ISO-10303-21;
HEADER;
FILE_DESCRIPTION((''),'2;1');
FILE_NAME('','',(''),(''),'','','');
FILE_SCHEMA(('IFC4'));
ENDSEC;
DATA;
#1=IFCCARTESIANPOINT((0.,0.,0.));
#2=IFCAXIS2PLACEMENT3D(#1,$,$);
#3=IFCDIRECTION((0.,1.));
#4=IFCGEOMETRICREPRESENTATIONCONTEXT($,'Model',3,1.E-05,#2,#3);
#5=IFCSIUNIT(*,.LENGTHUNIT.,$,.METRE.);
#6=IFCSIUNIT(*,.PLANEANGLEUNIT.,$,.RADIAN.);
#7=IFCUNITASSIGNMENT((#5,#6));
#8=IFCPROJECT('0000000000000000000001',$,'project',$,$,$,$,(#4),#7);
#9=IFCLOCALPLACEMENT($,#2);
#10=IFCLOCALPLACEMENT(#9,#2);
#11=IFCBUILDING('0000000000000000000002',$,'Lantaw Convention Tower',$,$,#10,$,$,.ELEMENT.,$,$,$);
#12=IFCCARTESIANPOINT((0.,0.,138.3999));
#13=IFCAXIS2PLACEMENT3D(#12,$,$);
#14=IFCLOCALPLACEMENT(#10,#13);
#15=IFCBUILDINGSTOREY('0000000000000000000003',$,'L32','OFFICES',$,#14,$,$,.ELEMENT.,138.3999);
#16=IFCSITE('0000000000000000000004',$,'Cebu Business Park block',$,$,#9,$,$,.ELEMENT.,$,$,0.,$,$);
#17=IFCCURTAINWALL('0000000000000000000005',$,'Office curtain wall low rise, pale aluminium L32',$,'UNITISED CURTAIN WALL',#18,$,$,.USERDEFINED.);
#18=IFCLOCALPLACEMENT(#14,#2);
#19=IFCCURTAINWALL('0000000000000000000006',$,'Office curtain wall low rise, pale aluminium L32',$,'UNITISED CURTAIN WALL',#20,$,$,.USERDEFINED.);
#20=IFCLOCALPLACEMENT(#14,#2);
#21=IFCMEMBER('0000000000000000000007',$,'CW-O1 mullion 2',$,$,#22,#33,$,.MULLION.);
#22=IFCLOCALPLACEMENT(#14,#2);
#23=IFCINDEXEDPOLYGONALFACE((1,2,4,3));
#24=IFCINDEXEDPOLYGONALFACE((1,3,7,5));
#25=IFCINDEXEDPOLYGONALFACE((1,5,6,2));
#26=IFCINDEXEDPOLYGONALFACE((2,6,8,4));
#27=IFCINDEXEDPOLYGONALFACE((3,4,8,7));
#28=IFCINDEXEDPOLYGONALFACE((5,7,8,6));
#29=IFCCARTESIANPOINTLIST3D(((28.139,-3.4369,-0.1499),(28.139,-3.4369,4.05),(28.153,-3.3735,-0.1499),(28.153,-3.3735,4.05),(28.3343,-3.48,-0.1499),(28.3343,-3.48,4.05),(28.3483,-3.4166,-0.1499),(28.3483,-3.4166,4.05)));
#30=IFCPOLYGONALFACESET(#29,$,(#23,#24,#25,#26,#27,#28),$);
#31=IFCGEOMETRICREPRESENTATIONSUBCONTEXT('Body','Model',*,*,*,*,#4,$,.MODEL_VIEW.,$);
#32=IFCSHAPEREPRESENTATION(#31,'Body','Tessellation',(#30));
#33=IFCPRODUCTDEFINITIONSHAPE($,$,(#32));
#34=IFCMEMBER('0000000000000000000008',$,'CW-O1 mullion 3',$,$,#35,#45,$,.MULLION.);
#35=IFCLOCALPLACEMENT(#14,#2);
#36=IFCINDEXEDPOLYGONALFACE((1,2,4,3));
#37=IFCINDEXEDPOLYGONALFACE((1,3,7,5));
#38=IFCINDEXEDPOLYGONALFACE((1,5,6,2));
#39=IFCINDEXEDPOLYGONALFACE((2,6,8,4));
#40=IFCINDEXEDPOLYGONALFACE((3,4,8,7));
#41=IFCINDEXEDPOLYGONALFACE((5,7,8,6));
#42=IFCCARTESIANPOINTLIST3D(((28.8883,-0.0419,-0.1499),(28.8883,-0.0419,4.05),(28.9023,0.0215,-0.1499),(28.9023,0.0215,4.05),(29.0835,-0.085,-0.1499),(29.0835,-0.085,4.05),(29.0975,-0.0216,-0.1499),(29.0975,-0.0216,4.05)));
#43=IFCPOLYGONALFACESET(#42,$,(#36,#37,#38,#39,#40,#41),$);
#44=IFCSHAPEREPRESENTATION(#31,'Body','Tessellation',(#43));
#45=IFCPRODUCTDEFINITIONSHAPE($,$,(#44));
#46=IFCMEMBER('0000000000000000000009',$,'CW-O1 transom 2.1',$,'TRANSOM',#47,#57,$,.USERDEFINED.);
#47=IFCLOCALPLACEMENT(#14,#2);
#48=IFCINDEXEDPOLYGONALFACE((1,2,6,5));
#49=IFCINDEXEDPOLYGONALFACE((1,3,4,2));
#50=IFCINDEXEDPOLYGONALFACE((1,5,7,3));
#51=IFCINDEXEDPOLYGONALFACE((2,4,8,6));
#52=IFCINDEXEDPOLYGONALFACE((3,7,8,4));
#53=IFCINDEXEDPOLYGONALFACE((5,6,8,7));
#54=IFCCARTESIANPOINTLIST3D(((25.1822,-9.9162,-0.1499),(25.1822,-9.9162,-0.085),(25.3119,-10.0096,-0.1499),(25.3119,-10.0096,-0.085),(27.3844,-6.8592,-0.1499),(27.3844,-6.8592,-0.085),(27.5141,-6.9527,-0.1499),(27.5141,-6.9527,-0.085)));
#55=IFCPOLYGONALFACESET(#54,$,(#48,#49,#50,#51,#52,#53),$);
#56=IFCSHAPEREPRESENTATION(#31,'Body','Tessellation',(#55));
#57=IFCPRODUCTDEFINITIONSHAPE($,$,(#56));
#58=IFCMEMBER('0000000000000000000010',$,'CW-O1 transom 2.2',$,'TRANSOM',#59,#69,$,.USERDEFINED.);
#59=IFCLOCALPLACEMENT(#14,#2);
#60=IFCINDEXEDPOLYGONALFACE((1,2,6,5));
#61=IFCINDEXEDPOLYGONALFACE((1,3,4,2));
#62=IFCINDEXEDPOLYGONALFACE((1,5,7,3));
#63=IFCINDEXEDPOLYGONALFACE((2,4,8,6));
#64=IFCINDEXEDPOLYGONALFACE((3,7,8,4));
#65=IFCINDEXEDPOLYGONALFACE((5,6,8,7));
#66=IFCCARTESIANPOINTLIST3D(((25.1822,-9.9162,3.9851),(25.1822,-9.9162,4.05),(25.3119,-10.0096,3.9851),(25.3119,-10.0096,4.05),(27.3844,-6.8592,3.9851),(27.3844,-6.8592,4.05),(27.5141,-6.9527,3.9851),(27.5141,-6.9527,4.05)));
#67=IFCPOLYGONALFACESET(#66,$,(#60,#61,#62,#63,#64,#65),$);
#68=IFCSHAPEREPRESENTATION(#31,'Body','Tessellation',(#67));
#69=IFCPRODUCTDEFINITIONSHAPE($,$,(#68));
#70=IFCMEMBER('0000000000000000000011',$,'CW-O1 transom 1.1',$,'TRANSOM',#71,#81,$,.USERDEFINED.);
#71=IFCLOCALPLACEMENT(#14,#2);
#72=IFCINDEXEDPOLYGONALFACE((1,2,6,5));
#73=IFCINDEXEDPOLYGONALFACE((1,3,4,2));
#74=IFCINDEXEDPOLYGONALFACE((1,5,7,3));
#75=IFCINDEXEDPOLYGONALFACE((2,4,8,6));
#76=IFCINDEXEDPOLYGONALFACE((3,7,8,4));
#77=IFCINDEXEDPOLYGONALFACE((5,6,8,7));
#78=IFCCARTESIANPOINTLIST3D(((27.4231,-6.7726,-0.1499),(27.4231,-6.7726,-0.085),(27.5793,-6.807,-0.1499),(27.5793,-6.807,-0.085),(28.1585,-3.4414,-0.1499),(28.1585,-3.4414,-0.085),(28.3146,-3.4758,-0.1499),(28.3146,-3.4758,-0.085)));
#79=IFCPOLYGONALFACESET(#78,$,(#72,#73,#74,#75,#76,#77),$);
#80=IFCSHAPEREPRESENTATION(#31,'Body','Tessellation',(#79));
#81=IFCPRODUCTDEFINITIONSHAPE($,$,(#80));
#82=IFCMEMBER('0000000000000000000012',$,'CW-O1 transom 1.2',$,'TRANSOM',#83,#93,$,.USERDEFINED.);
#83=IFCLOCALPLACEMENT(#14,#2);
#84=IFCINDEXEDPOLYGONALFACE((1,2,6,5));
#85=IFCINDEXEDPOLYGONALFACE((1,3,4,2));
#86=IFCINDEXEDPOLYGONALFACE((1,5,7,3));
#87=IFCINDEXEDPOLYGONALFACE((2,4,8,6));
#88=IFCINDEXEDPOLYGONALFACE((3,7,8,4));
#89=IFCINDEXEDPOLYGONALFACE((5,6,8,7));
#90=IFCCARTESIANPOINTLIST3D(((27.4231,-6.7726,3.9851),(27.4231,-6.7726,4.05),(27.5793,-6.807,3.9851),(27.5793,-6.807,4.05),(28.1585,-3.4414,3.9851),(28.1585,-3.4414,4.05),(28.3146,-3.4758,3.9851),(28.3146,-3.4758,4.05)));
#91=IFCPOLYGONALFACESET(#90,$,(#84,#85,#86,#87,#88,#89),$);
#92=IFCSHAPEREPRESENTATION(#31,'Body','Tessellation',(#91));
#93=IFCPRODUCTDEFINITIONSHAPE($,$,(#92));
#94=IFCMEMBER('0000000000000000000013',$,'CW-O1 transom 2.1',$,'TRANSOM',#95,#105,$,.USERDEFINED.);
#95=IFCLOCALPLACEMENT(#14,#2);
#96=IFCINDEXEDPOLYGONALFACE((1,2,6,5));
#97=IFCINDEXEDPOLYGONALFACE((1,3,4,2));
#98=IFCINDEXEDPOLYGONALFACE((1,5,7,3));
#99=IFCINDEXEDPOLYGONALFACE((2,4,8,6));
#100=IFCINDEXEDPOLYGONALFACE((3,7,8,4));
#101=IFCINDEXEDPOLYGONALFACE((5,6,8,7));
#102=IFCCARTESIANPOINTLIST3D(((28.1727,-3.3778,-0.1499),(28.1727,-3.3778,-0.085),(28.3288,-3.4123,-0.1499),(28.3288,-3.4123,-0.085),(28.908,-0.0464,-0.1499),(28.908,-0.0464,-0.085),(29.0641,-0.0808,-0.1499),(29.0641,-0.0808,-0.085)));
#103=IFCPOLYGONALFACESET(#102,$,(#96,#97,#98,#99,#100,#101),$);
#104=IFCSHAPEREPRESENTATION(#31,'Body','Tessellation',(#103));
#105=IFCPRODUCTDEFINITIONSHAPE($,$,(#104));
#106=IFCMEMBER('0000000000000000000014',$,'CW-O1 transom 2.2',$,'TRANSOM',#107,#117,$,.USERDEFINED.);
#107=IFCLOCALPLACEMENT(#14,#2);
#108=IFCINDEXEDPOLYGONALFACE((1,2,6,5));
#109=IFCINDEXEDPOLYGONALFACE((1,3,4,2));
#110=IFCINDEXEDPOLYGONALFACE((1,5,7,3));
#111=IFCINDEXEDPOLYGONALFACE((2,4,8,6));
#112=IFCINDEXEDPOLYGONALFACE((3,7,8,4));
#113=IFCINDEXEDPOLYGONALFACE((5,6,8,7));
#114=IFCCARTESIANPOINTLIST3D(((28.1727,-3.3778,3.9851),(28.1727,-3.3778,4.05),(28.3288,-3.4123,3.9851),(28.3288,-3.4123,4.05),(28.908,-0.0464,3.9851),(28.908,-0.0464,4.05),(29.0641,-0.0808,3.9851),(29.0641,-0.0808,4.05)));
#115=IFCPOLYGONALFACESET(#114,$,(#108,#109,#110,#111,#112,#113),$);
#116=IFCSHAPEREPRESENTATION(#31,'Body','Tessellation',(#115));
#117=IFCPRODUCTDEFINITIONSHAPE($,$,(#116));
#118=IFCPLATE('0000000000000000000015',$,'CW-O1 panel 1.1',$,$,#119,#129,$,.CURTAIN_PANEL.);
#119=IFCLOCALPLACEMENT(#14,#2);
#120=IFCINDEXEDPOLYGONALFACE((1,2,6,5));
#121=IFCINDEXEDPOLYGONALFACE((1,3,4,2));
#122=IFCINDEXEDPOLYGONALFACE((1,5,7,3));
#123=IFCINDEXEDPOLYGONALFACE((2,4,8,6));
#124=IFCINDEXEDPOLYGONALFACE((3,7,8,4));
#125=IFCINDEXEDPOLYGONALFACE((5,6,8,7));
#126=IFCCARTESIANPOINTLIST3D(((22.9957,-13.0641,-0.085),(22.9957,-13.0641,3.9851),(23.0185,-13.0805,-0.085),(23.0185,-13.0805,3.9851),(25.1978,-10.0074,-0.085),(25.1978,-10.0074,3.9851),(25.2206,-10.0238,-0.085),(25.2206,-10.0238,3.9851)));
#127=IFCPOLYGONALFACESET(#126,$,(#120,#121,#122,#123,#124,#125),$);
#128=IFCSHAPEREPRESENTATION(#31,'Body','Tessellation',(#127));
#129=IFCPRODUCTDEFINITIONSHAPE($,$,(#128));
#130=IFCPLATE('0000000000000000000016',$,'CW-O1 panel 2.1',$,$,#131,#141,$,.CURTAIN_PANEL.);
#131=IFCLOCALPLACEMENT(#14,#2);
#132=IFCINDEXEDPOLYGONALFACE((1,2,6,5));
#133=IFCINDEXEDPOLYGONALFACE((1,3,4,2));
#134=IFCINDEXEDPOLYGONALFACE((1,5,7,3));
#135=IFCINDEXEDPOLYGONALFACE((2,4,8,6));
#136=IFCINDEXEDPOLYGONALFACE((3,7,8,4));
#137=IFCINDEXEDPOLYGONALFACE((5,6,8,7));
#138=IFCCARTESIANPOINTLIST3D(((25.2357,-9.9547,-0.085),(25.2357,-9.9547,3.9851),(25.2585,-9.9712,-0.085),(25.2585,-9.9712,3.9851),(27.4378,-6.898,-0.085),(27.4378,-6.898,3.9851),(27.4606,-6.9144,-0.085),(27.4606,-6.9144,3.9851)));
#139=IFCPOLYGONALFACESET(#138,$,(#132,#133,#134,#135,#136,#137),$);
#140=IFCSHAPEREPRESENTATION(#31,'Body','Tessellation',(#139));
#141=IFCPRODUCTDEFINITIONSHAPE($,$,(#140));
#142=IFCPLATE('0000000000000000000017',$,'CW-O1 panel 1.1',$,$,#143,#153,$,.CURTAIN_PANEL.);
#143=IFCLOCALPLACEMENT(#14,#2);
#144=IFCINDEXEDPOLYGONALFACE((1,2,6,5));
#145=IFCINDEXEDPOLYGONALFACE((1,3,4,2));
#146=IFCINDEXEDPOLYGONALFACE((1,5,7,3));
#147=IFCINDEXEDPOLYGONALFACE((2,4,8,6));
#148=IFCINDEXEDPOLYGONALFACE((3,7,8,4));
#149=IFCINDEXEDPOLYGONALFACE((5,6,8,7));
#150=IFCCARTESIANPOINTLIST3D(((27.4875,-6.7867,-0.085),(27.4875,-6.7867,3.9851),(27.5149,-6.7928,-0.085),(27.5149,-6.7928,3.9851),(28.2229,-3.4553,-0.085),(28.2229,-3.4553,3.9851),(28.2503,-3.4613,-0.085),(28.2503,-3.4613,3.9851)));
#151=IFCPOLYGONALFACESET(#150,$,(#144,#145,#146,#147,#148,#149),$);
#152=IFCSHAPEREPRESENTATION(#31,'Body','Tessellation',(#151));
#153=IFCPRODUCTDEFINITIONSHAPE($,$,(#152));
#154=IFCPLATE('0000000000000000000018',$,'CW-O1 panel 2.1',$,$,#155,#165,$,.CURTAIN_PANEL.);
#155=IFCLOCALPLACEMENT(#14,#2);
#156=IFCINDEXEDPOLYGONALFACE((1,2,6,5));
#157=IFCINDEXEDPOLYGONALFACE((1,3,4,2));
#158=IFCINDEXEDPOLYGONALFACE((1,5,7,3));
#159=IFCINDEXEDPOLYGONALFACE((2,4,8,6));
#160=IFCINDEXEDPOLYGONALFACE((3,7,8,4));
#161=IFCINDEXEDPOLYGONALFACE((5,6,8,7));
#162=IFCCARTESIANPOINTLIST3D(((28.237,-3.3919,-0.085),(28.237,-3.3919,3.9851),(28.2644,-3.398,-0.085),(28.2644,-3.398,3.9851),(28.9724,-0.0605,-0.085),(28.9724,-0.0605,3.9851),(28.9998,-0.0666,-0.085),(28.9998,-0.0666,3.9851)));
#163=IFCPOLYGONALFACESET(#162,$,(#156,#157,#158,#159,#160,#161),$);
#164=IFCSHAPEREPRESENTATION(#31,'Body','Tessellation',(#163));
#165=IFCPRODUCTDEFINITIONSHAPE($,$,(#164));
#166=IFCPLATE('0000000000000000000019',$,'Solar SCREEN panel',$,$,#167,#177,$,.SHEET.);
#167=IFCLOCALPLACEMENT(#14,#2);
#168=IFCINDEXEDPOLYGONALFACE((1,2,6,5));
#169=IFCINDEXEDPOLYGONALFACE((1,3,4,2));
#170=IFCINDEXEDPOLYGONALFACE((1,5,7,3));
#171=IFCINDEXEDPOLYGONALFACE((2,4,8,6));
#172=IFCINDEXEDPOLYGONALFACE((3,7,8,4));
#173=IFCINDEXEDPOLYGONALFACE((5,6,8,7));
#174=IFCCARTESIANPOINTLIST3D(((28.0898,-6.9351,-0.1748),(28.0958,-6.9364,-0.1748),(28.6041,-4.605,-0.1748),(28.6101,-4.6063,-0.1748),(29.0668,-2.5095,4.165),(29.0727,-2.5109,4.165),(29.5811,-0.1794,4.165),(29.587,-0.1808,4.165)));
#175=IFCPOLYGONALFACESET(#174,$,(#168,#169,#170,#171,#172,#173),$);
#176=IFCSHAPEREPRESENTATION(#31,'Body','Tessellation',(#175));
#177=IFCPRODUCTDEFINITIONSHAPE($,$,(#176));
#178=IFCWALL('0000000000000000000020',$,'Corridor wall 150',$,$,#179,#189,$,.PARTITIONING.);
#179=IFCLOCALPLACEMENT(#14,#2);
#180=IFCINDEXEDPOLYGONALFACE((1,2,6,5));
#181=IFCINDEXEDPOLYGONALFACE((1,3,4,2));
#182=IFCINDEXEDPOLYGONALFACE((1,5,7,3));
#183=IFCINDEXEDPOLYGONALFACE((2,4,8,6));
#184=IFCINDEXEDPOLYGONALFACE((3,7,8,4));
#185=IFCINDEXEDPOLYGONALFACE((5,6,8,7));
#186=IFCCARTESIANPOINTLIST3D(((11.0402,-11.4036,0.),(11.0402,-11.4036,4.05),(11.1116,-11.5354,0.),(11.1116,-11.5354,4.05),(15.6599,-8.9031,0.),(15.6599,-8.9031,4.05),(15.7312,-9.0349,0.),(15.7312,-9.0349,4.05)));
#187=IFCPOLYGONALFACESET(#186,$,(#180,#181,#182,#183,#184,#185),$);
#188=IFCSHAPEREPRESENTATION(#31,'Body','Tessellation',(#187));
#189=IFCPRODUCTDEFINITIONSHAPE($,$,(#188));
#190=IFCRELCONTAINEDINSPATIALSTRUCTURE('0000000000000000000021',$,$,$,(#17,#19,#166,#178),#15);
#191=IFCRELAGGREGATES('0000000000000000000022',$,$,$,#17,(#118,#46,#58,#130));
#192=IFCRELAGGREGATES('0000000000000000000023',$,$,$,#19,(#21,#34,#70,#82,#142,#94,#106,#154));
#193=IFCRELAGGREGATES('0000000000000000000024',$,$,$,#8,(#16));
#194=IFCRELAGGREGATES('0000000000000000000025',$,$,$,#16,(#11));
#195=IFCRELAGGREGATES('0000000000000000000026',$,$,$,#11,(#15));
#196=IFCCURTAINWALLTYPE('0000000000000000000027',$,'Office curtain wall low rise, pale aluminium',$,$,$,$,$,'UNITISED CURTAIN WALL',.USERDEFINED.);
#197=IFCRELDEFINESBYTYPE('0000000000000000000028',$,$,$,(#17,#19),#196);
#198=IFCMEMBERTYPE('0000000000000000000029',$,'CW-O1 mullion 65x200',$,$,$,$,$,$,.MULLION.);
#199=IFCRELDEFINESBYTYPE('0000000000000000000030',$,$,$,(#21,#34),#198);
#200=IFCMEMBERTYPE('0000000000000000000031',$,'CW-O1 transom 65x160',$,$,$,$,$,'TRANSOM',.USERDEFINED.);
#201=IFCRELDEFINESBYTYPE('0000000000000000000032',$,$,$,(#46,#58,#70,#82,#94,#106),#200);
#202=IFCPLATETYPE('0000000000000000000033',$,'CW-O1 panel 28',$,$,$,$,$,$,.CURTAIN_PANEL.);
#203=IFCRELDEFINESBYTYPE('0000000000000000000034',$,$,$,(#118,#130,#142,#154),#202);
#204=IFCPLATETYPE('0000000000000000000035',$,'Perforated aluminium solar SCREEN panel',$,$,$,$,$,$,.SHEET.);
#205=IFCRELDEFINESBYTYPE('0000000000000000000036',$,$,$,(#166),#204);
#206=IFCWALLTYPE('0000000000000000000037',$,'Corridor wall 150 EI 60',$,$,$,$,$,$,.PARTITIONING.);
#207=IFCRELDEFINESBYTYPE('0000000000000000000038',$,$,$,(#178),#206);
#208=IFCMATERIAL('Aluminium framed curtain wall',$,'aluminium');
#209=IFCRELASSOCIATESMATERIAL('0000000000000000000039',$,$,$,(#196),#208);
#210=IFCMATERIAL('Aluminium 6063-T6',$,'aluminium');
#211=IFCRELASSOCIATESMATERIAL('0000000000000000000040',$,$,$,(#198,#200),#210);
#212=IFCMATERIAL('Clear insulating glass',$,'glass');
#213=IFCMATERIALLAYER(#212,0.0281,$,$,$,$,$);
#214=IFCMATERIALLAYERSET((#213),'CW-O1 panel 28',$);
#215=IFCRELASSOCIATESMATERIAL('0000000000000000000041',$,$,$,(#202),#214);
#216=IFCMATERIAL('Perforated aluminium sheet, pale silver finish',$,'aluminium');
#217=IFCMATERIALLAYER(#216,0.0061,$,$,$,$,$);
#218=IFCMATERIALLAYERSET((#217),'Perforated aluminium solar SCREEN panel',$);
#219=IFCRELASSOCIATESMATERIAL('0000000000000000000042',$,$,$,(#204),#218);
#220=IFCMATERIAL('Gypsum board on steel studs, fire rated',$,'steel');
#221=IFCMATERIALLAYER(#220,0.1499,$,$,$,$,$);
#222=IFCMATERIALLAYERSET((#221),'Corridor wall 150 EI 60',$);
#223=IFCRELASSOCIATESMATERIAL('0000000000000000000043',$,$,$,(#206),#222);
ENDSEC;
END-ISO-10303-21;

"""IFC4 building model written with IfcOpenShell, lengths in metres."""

from ifc_helpers import new_model, si_unit, direction, frame, frame_2d, origin, origin_2d, place, context, subcontext, project, spatial, polyline, rectangle, outline, extrude, material, layer, layer_set, material_profile, profile_set, type_object, element, aggregate, save


model = new_model("IFC4")

# Units and contexts
model_context = context("Model", 3, precision=1e-05, world=origin(), true_north=direction((0.0, 1.0)))
body_context = subcontext(model_context, "Body", "Model", "MODEL_VIEW")
ifc_project = project(units=[si_unit("LENGTHUNIT", "METRE"), si_unit("PLANEANGLEUNIT", "RADIAN")], contexts=[model_context])

# Site, building, storey
site_placement = place(None, origin())
site = spatial("IfcSite", under=ifc_project, at=site_placement, Name="Cebu Business Park block", CompositionType="ELEMENT", RefElevation=0.0)
building_placement = place(site_placement, origin())
building = spatial("IfcBuilding", under=site, at=building_placement, Name="Lantaw Convention Tower", CompositionType="ELEMENT")
storey_placement = place(building_placement, frame((0.0, 0.0, 138.3999)))
storey = spatial("IfcBuildingStorey", under=building, at=storey_placement, Name="L32", Description="OFFICES", CompositionType="ELEMENT", Elevation=138.3999)

# Curtain walls, members
ifc_material_1 = material(Name="Aluminium framed curtain wall", Category="aluminium")
curtain_wall_type = type_object("IfcCurtainWallType", Name="Office curtain wall low rise, pale aluminium", ElementType="UNITISED CURTAIN WALL", PredefinedType="USERDEFINED", material=ifc_material_1)
curtain_wall_1_placement = place(storey_placement, origin())
curtain_wall_1 = element("IfcCurtainWall", 1, at=curtain_wall_1_placement, inside=storey, type_object=curtain_wall_type, Name="Office curtain wall low rise, pale aluminium L32", ObjectType="UNITISED CURTAIN WALL", PredefinedType="USERDEFINED")
ifc_material_2 = material(Name="Aluminium 6063-T6", Category="aluminium")
ifc_material_profile_1 = material_profile(ifc_material_2, rectangle(XDim=0.2, YDim=0.0649, at=origin_2d()), Name="CW-O1 mullion 65x200")
ifc_profile_set_1 = profile_set([ifc_material_profile_1], Name="Aluminium 6063-T6")
member_type_1 = type_object("IfcMemberType", Name="CW-O1 mullion 65x200", PredefinedType="MULLION", material=ifc_profile_set_1)
curtain_wall_2_placement = place(storey_placement, origin())
curtain_wall_2 = element("IfcCurtainWall", 2, at=curtain_wall_2_placement, inside=storey, type_object=curtain_wall_type, Name="Office curtain wall low rise, pale aluminium L32", ObjectType="UNITISED CURTAIN WALL", PredefinedType="USERDEFINED")
member_1_placement = place(storey_placement, frame((28.2437, -3.4268, -0.1499), z_axis=(0.0, 0.0, 1.0), x_axis=(-0.976494, 0.215546, 0.0)))
member_1 = element("IfcMember", 3, at=member_1_placement, type_object=member_type_1, Name="CW-O1 mullion 2", PredefinedType="MULLION", context=body_context, shape_type="SweptSolid", body=[
    extrude(rectangle(XDim=0.2, YDim=0.0649, at=origin_2d()), origin(), (0.0, 0.0, 1.0), 4.2),
])
member_2_placement = place(storey_placement, frame((28.9929, -0.0317, -0.1499), z_axis=(0.0, 0.0, 1.0), x_axis=(-0.976494, 0.215546, 0.0)))
member_2 = element("IfcMember", 4, at=member_2_placement, type_object=member_type_1, Name="CW-O1 mullion 3", PredefinedType="MULLION", context=body_context, shape_type="SweptSolid", body=[
    extrude(rectangle(XDim=0.2, YDim=0.0649, at=origin_2d()), origin(), (0.0, 0.0, 1.0), 4.2),
])

# Members
ifc_material_profile_2 = material_profile(ifc_material_2, rectangle(XDim=0.1599, YDim=0.0649, at=origin_2d()), Name="CW-O1 transom 65x160")
ifc_profile_set_2 = profile_set([ifc_material_profile_2], Name="Aluminium 6063-T6")
member_type_2 = type_object("IfcMemberType", Name="CW-O1 transom 65x160", ElementType="TRANSOM", PredefinedType="USERDEFINED", material=ifc_profile_set_2)
member_3_placement = place(storey_placement, frame((25.2471, -9.9629, -0.1174), z_axis=(0.584513, 0.811384, 0.0), x_axis=(-0.811384, 0.584513, 0.0)))
member_3 = element("IfcMember", 5, at=member_3_placement, type_object=member_type_2, Name="CW-O1 transom 2.1", ObjectType="TRANSOM", PredefinedType="USERDEFINED", context=body_context, shape_type="SweptSolid", body=[
    extrude(rectangle(XDim=0.1599, YDim=0.0649, at=origin_2d()), origin(), (0.0, 0.0, 1.0), 3.7676),
])
member_4_placement = place(storey_placement, frame((25.2471, -9.9629, 4.0176), z_axis=(0.584513, 0.811384, 0.0), x_axis=(-0.811384, 0.584513, 0.0)))
member_4 = element("IfcMember", 6, at=member_4_placement, type_object=member_type_2, Name="CW-O1 transom 2.2", ObjectType="TRANSOM", PredefinedType="USERDEFINED", context=body_context, shape_type="SweptSolid", body=[
    extrude(rectangle(XDim=0.1599, YDim=0.0649, at=origin_2d()), origin(), (0.0, 0.0, 1.0), 3.7676),
])
member_5_placement = place(storey_placement, frame((27.5012, -6.7898, -0.1174), z_axis=(0.215551, 0.976493, 0.0), x_axis=(-0.976493, 0.215551, 0.0)))
member_5 = element("IfcMember", 7, at=member_5_placement, type_object=member_type_2, Name="CW-O1 transom 1.1", ObjectType="TRANSOM", PredefinedType="USERDEFINED", context=body_context, shape_type="SweptSolid", body=[
    extrude(rectangle(XDim=0.1599, YDim=0.0649, at=origin_2d()), origin(), (0.0, 0.0, 1.0), 3.4114),
])
member_6_placement = place(storey_placement, frame((27.5012, -6.7898, 4.0176), z_axis=(0.215551, 0.976493, 0.0), x_axis=(-0.976493, 0.215551, 0.0)))
member_6 = element("IfcMember", 8, at=member_6_placement, type_object=member_type_2, Name="CW-O1 transom 1.2", ObjectType="TRANSOM", PredefinedType="USERDEFINED", context=body_context, shape_type="SweptSolid", body=[
    extrude(rectangle(XDim=0.1599, YDim=0.0649, at=origin_2d()), origin(), (0.0, 0.0, 1.0), 3.4114),
])
member_7_placement = place(storey_placement, frame((28.2507, -3.395, -0.1174), z_axis=(0.215536, 0.976496, 0.0), x_axis=(-0.976496, 0.215536, 0.0)))
member_7 = element("IfcMember", 9, at=member_7_placement, type_object=member_type_2, Name="CW-O1 transom 2.1", ObjectType="TRANSOM", PredefinedType="USERDEFINED", context=body_context, shape_type="SweptSolid", body=[
    extrude(rectangle(XDim=0.1599, YDim=0.0649, at=origin_2d()), origin(), (0.0, 0.0, 1.0), 3.4116),
])
member_8_placement = place(storey_placement, frame((28.2507, -3.395, 4.0176), z_axis=(0.215536, 0.976496, 0.0), x_axis=(-0.976496, 0.215536, 0.0)))
member_8 = element("IfcMember", 10, at=member_8_placement, type_object=member_type_2, Name="CW-O1 transom 2.2", ObjectType="TRANSOM", PredefinedType="USERDEFINED", context=body_context, shape_type="SweptSolid", body=[
    extrude(rectangle(XDim=0.1599, YDim=0.0649, at=origin_2d()), origin(), (0.0, 0.0, 1.0), 3.4116),
])

# Plates
ifc_material_3 = material(Name="Clear insulating glass", Category="glass")
ifc_layer_1 = layer(ifc_material_3, 0.0281)
ifc_layer_set_1 = layer_set([ifc_layer_1], Name="CW-O1 panel 28")
plate_type_1 = type_object("IfcPlateType", Name="CW-O1 panel 28", PredefinedType="CURTAIN_PANEL", material=ifc_layer_set_1)
plate_1_placement = place(storey_placement, frame((24.1082, -11.5439, -0.085), z_axis=(0.0, 0.0, 1.0), x_axis=(0.584513, 0.811385, 0.0)))
plate_1 = element("IfcPlate", 11, at=plate_1_placement, type_object=plate_type_1, Name="CW-O1 panel 1.1", PredefinedType="CURTAIN_PANEL", context=body_context, shape_type="SweptSolid", body=[
    extrude(rectangle(XDim=3.7673, YDim=0.0281, at=origin_2d()), origin(), (0.0, 0.0, 1.0), 4.0701),
])
plate_2_placement = place(storey_placement, frame((26.3481, -8.4346, -0.085), z_axis=(0.0, 0.0, 1.0), x_axis=(0.584513, 0.811385, 0.0)))
plate_2 = element("IfcPlate", 12, at=plate_2_placement, type_object=plate_type_1, Name="CW-O1 panel 2.1", PredefinedType="CURTAIN_PANEL", context=body_context, shape_type="SweptSolid", body=[
    extrude(rectangle(XDim=3.7673, YDim=0.0281, at=origin_2d()), origin(), (0.0, 0.0, 1.0), 4.0701),
])
aggregate(curtain_wall_1, [plate_1, member_3, member_4, plate_2])
plate_3_placement = place(storey_placement, frame((27.8689, -5.124, -0.085), z_axis=(0.0, 0.0, 1.0), x_axis=(0.215546, 0.976494, 0.0)))
plate_3 = element("IfcPlate", 13, at=plate_3_placement, type_object=plate_type_1, Name="CW-O1 panel 1.1", PredefinedType="CURTAIN_PANEL", context=body_context, shape_type="SweptSolid", body=[
    extrude(rectangle(XDim=3.4116, YDim=0.0281, at=origin_2d()), origin(), (0.0, 0.0, 1.0), 4.0701),
])
plate_4_placement = place(storey_placement, frame((28.6184, -1.7292, -0.085), z_axis=(0.0, 0.0, 1.0), x_axis=(0.215546, 0.976494, 0.0)))
plate_4 = element("IfcPlate", 14, at=plate_4_placement, type_object=plate_type_1, Name="CW-O1 panel 2.1", PredefinedType="CURTAIN_PANEL", context=body_context, shape_type="SweptSolid", body=[
    extrude(rectangle(XDim=3.4116, YDim=0.0281, at=origin_2d()), origin(), (0.0, 0.0, 1.0), 4.0701),
])
aggregate(curtain_wall_2, [member_1, member_2, member_5, member_6, plate_3, member_7, member_8, plate_4])
ifc_material_4 = material(Name="Perforated aluminium sheet, pale silver finish", Category="aluminium")
ifc_layer_2 = layer(ifc_material_4, 0.0061)
ifc_layer_set_2 = layer_set([ifc_layer_2], Name="Perforated aluminium solar SCREEN panel")
plate_type_2 = type_object("IfcPlateType", Name="Perforated aluminium solar SCREEN panel", PredefinedType="SHEET", material=ifc_layer_set_2)
plate_5_placement = place(storey_placement, frame((28.0898, -6.9351, -0.1748), z_axis=(-0.976498, 0.215527, 0.000033), x_axis=(0.215527, 0.976498, 0.0)))
element("IfcPlate", 15, at=plate_5_placement, inside=storey, type_object=plate_type_2, Name="Solar SCREEN panel", PredefinedType="SHEET", context=body_context, shape_type="SweptSolid", body=[
    extrude(outline(polyline([(0.0, 0.0), (2.3861, 0.0), (6.9182, -4.3398), (4.5321, -4.3398), (0.0, 0.0)])), origin(), (0.0, 0.0, -1.0), 0.0061),
])

# Wall
ifc_material_5 = material(Name="Gypsum board on steel studs, fire rated", Category="steel")
ifc_layer_3 = layer(ifc_material_5, 0.1499)
ifc_layer_set_3 = layer_set([ifc_layer_3], Name="Corridor wall 150 EI 60")
wall_type_1 = type_object("IfcWallType", Name="Corridor wall 150 EI 60", PredefinedType="PARTITIONING", material=ifc_layer_set_3)
wall_1_placement = place(storey_placement, frame((11.0759, -11.4695, 0.0), z_axis=(0.0, 0.0, 1.0), x_axis=(0.879436, 0.476017, 0.0)))
element("IfcWall", 16, at=wall_1_placement, inside=storey, type_object=wall_type_1, Name="Corridor wall 150", PredefinedType="PARTITIONING", context=body_context, shape_type="SweptSolid", body=[
    extrude(rectangle(XDim=5.2529, YDim=0.1499, at=frame_2d((2.6265, 0.0))), origin(), (0.0, 0.0, 1.0), 4.05),
])

save(model, "model.ifc")
